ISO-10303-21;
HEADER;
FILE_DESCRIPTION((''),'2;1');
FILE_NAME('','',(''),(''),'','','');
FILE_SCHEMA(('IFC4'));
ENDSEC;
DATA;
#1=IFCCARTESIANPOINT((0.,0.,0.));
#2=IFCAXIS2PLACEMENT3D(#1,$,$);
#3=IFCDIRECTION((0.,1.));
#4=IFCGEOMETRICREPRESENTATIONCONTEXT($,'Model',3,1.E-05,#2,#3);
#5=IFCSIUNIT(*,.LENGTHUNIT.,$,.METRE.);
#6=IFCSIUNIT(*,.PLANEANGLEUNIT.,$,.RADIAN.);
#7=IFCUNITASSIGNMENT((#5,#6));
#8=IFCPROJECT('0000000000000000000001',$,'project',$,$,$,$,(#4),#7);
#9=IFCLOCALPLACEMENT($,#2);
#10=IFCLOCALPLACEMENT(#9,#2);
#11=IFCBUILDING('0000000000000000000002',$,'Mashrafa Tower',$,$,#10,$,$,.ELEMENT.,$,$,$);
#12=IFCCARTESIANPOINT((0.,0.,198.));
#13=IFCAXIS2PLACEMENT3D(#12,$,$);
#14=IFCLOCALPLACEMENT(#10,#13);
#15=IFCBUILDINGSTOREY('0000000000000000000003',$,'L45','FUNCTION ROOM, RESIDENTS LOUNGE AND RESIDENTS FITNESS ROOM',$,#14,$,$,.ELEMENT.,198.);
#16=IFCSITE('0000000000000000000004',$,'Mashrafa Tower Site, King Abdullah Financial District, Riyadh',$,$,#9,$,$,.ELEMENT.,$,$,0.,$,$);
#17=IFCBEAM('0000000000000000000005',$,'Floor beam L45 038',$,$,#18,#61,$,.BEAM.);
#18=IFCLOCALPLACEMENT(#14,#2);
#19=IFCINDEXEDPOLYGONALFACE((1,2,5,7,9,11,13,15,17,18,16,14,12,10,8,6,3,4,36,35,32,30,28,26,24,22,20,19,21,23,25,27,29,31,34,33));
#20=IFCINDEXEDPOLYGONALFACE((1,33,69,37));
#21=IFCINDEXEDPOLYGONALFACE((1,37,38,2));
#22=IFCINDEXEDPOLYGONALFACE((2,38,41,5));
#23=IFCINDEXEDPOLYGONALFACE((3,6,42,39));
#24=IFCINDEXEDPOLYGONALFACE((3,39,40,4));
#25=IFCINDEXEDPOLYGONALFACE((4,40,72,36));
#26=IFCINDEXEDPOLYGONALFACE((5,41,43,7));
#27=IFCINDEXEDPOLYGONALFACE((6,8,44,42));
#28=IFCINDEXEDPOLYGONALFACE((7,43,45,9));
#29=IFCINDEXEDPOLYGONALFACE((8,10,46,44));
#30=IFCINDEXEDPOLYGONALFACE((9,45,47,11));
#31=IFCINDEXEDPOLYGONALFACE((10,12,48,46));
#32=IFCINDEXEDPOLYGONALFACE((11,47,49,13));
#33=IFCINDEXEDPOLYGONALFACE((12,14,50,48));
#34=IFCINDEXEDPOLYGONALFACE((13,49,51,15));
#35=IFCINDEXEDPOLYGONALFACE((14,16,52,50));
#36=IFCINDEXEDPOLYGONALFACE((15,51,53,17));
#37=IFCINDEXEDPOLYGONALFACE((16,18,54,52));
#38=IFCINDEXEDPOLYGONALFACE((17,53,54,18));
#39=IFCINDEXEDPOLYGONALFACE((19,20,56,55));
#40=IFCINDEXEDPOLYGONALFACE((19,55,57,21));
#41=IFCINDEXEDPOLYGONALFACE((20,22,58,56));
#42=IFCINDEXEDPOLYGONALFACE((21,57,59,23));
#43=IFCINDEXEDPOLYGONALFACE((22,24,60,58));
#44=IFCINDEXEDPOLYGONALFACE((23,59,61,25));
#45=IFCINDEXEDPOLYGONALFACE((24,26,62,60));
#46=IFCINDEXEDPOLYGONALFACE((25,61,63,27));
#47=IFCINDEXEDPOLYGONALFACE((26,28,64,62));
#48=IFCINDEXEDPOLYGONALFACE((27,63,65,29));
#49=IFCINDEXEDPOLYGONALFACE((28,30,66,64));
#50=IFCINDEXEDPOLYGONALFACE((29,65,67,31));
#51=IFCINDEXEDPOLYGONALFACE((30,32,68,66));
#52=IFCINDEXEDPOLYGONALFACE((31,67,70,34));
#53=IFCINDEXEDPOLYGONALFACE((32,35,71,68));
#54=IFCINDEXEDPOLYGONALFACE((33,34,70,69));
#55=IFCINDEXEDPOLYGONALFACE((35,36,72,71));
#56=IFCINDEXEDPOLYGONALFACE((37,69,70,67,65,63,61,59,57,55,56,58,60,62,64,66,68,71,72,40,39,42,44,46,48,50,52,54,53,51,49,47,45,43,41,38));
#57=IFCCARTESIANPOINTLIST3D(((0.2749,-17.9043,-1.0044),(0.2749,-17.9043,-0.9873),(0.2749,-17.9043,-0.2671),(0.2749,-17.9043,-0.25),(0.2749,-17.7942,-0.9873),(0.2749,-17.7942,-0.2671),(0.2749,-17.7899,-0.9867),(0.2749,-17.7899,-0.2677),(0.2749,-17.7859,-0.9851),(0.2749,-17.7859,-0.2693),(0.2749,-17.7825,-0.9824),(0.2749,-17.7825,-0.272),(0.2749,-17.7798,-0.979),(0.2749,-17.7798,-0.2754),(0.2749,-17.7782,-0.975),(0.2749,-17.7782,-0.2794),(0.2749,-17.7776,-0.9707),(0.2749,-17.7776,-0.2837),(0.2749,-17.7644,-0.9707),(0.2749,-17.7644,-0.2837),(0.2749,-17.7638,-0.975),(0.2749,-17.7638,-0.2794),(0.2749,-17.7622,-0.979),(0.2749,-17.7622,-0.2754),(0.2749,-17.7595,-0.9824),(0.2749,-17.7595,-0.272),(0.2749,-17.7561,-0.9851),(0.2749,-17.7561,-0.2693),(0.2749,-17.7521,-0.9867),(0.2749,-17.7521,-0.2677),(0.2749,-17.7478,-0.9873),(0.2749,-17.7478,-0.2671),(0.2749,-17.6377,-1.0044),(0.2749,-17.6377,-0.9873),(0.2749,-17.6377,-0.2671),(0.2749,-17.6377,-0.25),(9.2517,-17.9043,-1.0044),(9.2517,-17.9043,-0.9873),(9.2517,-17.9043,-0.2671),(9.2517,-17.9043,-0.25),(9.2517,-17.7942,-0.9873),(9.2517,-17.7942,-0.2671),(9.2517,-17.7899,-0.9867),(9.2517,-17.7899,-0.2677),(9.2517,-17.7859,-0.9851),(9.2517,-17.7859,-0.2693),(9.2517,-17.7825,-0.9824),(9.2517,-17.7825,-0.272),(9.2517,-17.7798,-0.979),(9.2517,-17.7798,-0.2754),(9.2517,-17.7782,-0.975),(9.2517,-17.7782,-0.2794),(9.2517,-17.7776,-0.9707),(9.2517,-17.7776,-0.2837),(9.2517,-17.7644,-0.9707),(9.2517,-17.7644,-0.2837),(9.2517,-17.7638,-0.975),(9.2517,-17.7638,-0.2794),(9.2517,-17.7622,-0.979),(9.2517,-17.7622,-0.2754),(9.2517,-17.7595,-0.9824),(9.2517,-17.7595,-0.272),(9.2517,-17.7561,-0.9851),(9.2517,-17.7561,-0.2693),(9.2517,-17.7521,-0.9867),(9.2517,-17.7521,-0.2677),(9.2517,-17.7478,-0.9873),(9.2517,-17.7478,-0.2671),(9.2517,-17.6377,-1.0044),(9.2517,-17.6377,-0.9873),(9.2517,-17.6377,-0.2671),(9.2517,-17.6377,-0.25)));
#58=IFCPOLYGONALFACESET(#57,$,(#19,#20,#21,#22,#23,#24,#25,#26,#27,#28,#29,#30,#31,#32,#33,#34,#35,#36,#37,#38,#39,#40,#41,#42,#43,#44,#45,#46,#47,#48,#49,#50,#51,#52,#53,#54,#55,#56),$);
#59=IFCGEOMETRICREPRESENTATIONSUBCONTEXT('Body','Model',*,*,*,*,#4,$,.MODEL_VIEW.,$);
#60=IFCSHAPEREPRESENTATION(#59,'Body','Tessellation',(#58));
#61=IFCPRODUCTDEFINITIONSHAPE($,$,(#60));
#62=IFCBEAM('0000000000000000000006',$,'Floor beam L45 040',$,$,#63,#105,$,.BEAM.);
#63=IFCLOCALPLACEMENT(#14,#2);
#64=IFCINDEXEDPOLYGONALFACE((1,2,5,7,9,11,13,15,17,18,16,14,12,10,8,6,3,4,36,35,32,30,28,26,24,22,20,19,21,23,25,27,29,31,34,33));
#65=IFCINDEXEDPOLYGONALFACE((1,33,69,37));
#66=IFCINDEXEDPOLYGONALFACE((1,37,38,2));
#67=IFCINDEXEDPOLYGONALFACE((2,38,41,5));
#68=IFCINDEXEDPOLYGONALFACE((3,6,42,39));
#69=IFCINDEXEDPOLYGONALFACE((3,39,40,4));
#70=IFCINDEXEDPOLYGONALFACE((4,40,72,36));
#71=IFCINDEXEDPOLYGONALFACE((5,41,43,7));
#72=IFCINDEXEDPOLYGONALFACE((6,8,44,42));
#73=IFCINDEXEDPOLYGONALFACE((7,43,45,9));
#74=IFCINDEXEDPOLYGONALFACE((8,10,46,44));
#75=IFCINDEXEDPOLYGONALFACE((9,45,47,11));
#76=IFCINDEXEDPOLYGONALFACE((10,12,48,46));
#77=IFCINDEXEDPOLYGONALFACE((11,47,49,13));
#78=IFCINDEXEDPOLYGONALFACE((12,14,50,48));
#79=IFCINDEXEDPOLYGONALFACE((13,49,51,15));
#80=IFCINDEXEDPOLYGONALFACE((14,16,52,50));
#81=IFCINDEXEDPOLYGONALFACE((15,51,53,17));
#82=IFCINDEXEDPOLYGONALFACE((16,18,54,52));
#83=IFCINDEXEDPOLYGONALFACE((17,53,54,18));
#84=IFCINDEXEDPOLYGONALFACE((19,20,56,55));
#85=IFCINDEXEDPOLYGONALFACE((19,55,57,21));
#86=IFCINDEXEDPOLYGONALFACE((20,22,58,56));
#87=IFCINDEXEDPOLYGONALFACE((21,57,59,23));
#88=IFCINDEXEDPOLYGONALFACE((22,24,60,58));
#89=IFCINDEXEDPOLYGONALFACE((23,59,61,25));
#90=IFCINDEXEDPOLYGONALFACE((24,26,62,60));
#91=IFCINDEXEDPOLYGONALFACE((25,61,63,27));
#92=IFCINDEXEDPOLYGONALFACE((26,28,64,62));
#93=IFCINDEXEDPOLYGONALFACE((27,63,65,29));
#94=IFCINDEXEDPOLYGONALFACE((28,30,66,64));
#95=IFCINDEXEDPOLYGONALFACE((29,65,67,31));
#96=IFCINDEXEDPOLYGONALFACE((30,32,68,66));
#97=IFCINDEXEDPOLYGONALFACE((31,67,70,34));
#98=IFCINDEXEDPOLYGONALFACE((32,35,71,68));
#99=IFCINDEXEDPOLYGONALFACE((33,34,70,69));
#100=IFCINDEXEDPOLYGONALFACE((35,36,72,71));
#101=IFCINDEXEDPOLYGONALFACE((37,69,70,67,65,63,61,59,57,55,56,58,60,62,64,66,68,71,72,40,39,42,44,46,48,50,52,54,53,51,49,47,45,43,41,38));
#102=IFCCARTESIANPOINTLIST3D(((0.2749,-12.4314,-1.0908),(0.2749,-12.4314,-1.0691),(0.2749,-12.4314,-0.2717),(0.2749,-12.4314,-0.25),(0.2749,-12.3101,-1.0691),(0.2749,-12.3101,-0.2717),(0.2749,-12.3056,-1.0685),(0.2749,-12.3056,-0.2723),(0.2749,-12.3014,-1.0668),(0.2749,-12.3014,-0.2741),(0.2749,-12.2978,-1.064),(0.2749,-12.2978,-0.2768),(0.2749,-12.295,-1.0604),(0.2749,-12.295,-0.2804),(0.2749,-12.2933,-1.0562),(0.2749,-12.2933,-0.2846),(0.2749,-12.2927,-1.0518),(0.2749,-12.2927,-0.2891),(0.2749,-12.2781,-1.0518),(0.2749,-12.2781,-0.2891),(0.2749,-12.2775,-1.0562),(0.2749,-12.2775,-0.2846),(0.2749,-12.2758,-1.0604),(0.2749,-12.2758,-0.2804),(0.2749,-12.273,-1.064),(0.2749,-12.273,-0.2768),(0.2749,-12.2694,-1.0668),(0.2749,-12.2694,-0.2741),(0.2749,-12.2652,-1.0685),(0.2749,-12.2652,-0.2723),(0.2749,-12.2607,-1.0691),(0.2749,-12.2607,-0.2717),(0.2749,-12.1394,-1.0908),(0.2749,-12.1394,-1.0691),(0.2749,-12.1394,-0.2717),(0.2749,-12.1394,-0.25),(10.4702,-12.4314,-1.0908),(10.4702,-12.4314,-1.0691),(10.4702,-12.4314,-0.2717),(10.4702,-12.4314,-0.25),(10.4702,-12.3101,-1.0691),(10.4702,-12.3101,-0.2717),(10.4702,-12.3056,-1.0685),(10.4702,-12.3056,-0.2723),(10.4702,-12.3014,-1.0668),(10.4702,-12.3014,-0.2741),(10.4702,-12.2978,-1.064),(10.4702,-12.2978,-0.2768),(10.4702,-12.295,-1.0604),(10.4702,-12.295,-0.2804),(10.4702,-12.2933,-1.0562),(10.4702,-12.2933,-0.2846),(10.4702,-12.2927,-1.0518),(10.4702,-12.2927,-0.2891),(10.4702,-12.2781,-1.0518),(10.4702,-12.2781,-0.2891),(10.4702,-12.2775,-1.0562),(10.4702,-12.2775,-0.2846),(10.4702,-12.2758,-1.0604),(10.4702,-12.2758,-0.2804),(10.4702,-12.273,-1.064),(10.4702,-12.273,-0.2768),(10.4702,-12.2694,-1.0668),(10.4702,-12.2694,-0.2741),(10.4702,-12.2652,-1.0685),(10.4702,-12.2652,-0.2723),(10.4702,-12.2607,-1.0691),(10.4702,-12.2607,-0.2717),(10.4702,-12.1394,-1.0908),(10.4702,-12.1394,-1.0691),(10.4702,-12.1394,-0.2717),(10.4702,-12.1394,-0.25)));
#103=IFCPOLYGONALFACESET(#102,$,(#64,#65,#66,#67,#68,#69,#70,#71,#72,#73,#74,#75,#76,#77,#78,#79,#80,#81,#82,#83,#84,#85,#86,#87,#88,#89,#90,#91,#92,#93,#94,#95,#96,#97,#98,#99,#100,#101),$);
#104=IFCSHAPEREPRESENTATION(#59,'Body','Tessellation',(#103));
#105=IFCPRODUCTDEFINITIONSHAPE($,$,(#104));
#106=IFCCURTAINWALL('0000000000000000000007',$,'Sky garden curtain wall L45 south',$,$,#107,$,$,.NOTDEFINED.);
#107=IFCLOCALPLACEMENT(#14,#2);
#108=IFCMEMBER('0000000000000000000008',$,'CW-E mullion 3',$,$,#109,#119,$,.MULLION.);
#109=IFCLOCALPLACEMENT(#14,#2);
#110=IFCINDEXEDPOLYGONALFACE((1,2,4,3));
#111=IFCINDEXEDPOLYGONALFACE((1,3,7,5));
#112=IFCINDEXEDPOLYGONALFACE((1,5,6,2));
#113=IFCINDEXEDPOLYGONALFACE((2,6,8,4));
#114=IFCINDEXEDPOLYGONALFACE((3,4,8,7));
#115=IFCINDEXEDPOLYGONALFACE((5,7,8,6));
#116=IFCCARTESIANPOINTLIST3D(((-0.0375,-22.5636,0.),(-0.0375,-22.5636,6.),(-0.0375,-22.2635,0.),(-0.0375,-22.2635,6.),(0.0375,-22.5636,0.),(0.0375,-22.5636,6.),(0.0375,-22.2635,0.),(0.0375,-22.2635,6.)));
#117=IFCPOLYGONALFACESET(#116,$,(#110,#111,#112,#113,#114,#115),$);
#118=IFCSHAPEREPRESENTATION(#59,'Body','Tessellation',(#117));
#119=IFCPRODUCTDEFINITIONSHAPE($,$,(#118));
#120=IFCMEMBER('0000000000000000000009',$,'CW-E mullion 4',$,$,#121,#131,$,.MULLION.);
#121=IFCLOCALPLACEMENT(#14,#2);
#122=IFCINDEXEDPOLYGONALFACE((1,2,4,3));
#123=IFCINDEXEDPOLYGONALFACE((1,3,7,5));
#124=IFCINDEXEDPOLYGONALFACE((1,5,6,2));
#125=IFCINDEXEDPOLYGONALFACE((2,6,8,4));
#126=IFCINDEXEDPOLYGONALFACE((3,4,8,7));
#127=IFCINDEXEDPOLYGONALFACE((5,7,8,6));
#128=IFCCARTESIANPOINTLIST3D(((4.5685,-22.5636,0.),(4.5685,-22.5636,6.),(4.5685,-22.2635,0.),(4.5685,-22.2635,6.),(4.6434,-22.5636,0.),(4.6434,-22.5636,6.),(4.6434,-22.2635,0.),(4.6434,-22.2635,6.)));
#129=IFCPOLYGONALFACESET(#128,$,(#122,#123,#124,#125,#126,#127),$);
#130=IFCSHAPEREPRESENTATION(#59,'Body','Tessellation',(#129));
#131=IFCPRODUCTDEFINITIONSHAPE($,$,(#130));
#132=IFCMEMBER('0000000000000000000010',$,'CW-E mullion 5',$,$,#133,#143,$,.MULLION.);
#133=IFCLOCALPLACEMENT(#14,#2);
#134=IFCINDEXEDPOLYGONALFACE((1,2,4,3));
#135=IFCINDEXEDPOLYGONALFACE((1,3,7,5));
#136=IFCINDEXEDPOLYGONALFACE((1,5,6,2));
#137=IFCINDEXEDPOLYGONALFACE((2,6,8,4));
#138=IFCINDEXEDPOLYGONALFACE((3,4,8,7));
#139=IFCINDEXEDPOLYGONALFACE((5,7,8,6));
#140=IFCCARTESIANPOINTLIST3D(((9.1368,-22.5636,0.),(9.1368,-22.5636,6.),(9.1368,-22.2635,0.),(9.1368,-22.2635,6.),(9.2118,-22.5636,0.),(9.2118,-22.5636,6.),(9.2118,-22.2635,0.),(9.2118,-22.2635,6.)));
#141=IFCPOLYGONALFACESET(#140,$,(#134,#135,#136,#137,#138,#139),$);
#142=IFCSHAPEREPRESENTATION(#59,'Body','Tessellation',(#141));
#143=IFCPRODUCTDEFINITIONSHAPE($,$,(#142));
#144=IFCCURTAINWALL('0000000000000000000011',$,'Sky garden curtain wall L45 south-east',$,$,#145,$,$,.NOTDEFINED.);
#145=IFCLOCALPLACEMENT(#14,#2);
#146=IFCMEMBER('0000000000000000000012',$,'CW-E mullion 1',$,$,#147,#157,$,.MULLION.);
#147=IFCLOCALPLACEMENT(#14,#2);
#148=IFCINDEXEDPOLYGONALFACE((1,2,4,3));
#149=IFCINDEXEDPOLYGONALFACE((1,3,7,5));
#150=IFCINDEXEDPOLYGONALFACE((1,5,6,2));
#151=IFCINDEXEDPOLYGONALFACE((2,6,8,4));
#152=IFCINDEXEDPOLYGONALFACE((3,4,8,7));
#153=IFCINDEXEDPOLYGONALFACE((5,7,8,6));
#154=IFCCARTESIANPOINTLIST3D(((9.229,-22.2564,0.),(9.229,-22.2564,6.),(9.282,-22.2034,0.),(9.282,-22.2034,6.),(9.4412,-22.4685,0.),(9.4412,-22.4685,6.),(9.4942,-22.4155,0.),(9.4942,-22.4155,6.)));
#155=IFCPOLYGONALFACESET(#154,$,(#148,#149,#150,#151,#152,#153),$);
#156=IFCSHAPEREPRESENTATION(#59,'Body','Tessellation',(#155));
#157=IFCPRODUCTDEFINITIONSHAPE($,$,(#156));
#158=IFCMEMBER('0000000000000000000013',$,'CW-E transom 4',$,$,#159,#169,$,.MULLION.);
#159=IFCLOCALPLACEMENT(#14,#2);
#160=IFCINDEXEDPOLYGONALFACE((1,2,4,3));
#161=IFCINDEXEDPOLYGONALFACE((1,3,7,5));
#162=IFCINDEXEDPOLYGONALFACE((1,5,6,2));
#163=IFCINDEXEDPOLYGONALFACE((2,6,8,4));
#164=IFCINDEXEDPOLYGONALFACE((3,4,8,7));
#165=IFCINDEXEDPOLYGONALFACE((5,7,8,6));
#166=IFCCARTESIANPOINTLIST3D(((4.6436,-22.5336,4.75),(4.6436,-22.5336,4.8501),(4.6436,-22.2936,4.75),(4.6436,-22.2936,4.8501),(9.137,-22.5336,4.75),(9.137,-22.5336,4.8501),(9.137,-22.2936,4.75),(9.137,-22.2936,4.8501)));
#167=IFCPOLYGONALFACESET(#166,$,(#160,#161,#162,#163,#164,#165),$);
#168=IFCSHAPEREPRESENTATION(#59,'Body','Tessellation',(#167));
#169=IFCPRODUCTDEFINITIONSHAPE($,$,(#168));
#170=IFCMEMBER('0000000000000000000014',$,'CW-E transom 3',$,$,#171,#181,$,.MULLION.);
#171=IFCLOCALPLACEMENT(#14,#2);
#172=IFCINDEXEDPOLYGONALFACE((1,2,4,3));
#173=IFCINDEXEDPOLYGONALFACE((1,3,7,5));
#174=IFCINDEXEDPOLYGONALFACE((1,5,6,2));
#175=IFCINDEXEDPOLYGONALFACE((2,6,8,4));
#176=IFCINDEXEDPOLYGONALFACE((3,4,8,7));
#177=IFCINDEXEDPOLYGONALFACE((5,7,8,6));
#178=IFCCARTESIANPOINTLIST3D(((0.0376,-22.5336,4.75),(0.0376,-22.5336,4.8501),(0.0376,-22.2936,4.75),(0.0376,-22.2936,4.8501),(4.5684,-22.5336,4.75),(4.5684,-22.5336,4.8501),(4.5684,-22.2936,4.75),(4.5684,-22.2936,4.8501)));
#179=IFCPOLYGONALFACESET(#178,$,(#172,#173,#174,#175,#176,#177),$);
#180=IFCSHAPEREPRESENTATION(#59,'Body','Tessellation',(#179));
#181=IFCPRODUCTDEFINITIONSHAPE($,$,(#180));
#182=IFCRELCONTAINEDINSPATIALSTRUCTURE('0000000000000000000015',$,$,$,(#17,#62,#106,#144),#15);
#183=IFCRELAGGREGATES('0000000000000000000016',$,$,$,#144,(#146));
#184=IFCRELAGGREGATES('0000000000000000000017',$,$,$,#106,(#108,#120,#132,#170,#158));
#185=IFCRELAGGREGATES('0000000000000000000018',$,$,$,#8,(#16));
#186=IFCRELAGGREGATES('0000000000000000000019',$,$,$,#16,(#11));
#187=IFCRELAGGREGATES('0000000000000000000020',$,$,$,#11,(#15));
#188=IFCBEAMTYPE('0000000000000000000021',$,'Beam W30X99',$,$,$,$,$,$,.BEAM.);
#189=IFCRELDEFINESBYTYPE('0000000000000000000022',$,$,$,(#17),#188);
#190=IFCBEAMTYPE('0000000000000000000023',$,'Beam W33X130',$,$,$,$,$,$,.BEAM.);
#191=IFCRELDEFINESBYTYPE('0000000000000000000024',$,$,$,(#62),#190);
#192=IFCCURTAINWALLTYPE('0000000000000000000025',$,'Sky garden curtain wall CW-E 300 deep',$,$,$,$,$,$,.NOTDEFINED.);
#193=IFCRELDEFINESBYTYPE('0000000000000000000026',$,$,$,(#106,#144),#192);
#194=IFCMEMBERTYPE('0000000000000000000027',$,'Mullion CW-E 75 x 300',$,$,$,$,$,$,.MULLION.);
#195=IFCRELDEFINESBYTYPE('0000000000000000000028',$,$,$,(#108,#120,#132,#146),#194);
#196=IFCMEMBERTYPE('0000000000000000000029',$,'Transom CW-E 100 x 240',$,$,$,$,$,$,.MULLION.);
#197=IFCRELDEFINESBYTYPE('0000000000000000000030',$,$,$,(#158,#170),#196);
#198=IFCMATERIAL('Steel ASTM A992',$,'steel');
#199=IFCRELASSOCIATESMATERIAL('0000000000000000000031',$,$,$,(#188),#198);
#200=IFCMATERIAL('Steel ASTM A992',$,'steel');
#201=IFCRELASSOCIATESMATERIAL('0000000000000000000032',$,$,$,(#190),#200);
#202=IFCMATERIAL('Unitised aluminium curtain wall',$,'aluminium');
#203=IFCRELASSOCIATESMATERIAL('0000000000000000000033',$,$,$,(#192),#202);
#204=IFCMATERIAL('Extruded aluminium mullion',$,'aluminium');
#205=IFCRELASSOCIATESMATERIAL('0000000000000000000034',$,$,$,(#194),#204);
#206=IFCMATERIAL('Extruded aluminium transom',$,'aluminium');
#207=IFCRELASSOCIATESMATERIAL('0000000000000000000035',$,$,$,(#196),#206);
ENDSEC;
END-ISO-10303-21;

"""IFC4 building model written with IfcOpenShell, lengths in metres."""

from ifc_helpers import new_model, si_unit, direction, frame, origin, origin_2d, place, context, subcontext, project, spatial, rectangle, i_section, extrude, source, transform, mapped, material, material_profile, profile_set, type_object, type_shapes, element, aggregate, save


model = new_model("IFC4")

# Units and contexts
model_context = context("Model", 3, precision=1e-05, world=origin(), true_north=direction((0.0, 1.0)))
body_context = subcontext(model_context, "Body", "Model", "MODEL_VIEW")
ifc_project = project(units=[si_unit("LENGTHUNIT", "METRE"), si_unit("PLANEANGLEUNIT", "RADIAN")], contexts=[model_context])

# Site, building, storey
site_placement = place(None, origin())
site = spatial("IfcSite", under=ifc_project, at=site_placement, Name="Mashrafa Tower Site, King Abdullah Financial District, Riyadh", CompositionType="ELEMENT", RefElevation=0.0)
building_placement = place(site_placement, origin())
building = spatial("IfcBuilding", under=site, at=building_placement, Name="Mashrafa Tower", CompositionType="ELEMENT")
storey_placement = place(building_placement, frame((0.0, 0.0, 198.0)))
storey = spatial("IfcBuildingStorey", under=building, at=storey_placement, Name="L45", Description="FUNCTION ROOM, RESIDENTS LOUNGE AND RESIDENTS FITNESS ROOM", CompositionType="ELEMENT", Elevation=198.0)

# Beams
ifc_material_1 = material(Name="Steel ASTM A992", Category="steel")
ifc_material_profile_1 = material_profile(ifc_material_1, i_section(OverallWidth=0.2666, OverallDepth=0.7544, WebThickness=0.0132, FlangeThickness=0.0171, FilletRadius=0.0166, at=origin_2d()), Name="W30X99")
ifc_profile_set_1 = profile_set([ifc_material_profile_1], Name="Steel ASTM A992")
beam_type_1 = type_object("IfcBeamType", Name="Beam W30X99", PredefinedType="BEAM", material=ifc_profile_set_1)
beam_1_placement = place(storey_placement, frame((9.2517, -17.771, -0.6272), z_axis=(-1.0, 0.0, 0.0), x_axis=(0.0, -1.0, 0.0)))
element("IfcBeam", 1, at=beam_1_placement, inside=storey, type_object=beam_type_1, Name="Floor beam L45 038", PredefinedType="BEAM", context=body_context, shape_type="SweptSolid", body=[
    extrude(i_section(OverallWidth=0.2666, OverallDepth=0.7544, WebThickness=0.0132, FlangeThickness=0.0171, FilletRadius=0.0166, at=origin_2d()), origin(), (0.0, 0.0, 1.0), 8.9768),
])
ifc_material_2 = material(Name="Steel ASTM A992", Category="steel")
ifc_material_profile_2 = material_profile(ifc_material_2, i_section(OverallWidth=0.292, OverallDepth=0.8408, WebThickness=0.0146, FlangeThickness=0.0217, FilletRadius=0.0173, at=origin_2d()), Name="W33X130")
ifc_profile_set_2 = profile_set([ifc_material_profile_2], Name="Steel ASTM A992")
beam_type_2 = type_object("IfcBeamType", Name="Beam W33X130", PredefinedType="BEAM", material=ifc_profile_set_2)
beam_2_placement = place(storey_placement, frame((10.4702, -12.2854, -0.6704), z_axis=(-1.0, 0.0, 0.0), x_axis=(0.0, -1.0, 0.0)))
element("IfcBeam", 2, at=beam_2_placement, inside=storey, type_object=beam_type_2, Name="Floor beam L45 040", PredefinedType="BEAM", context=body_context, shape_type="SweptSolid", body=[
    extrude(i_section(OverallWidth=0.292, OverallDepth=0.8408, WebThickness=0.0146, FlangeThickness=0.0217, FilletRadius=0.0173, at=origin_2d()), origin(), (0.0, 0.0, 1.0), 10.1953),
])

# Curtain wall, members
ifc_material_3 = material(Name="Unitised aluminium curtain wall", Category="aluminium")
curtain_wall_type = type_object("IfcCurtainWallType", Name="Sky garden curtain wall CW-E 300 deep", PredefinedType="NOTDEFINED", material=ifc_material_3)
curtain_wall_1_placement = place(storey_placement, origin())
curtain_wall_1 = element("IfcCurtainWall", 3, at=curtain_wall_1_placement, inside=storey, type_object=curtain_wall_type, Name="Sky garden curtain wall L45 south", PredefinedType="NOTDEFINED")
ifc_material_4 = material(Name="Extruded aluminium mullion", Category="aluminium")
ifc_material_profile_3 = material_profile(ifc_material_4, rectangle(XDim=0.3, YDim=0.075, at=origin_2d()), Name="Mullion 75x300")
ifc_profile_set_3 = profile_set([ifc_material_profile_3], Name="Extruded aluminium mullion")
member_type_1 = type_object("IfcMemberType", Name="Mullion CW-E 75 x 300", PredefinedType="MULLION", material=ifc_profile_set_3)
shared_shape_1 = source(origin(), body_context, "Body", "SweptSolid", [
    extrude(rectangle(XDim=0.3, YDim=0.075, at=origin_2d()), origin(), (0.0, 0.0, 1.0), 6.0),
])
type_shapes(member_type_1, [shared_shape_1])
member_1_placement = place(storey_placement, frame((0.0, -22.4136, 0.0), z_axis=(0.0, 0.0, 1.0), x_axis=(0.0, 1.0, 0.0)))
member_1 = element("IfcMember", 4, at=member_1_placement, type_object=member_type_1, Name="CW-E mullion 3", PredefinedType="MULLION", context=body_context, shape_type="MappedRepresentation", body=[
    mapped(shared_shape_1, transform((0.0, 0.0, 0.0))),
])
member_2_placement = place(storey_placement, frame((4.606, -22.4136, 0.0), z_axis=(0.0, 0.0, 1.0), x_axis=(0.0, 1.0, 0.0)))
member_2 = element("IfcMember", 5, at=member_2_placement, type_object=member_type_1, Name="CW-E mullion 4", PredefinedType="MULLION", context=body_context, shape_type="MappedRepresentation", body=[
    mapped(shared_shape_1, transform((0.0, 0.0, 0.0))),
])
member_3_placement = place(storey_placement, frame((9.1743, -22.4136, 0.0), z_axis=(0.0, 0.0, 1.0), x_axis=(0.0, 1.0, 0.0)))
member_3 = element("IfcMember", 6, at=member_3_placement, type_object=member_type_1, Name="CW-E mullion 5", PredefinedType="MULLION", context=body_context, shape_type="MappedRepresentation", body=[
    mapped(shared_shape_1, transform((0.0, 0.0, 0.0))),
])

# Curtain wall, member
curtain_wall_2_placement = place(storey_placement, origin())
curtain_wall_2 = element("IfcCurtainWall", 7, at=curtain_wall_2_placement, inside=storey, type_object=curtain_wall_type, Name="Sky garden curtain wall L45 south-east", PredefinedType="NOTDEFINED")
member_4_placement = place(storey_placement, frame((9.3616, -22.3359, 0.0), z_axis=(0.0, 0.0, 1.0), x_axis=(-0.707107, 0.707107, 0.0)))
member_4 = element("IfcMember", 8, at=member_4_placement, type_object=member_type_1, Name="CW-E mullion 1", PredefinedType="MULLION", context=body_context, shape_type="MappedRepresentation", body=[
    mapped(shared_shape_1, transform((0.0, 0.0, 0.0))),
])

# Members
ifc_material_5 = material(Name="Extruded aluminium transom", Category="aluminium")
ifc_material_profile_4 = material_profile(ifc_material_5, rectangle(XDim=0.24, YDim=0.1001, at=origin_2d()), Name="Transom 100x240")
ifc_profile_set_4 = profile_set([ifc_material_profile_4], Name="Extruded aluminium transom")
member_type_2 = type_object("IfcMemberType", Name="Transom CW-E 100 x 240", PredefinedType="MULLION", material=ifc_profile_set_4)
shared_shape_2 = source(origin(), body_context, "Body", "SweptSolid", [
    extrude(rectangle(XDim=0.24, YDim=0.1001, at=origin_2d()), origin(), (0.0, 0.0, 1.0), 4.4934),
])
member_5_placement = place(storey_placement, frame((4.6436, -22.4136, 4.8), z_axis=(1.0, 0.0, 0.0), x_axis=(0.0, 1.0, 0.0)))
member_5 = element("IfcMember", 9, at=member_5_placement, type_object=member_type_2, Name="CW-E transom 4", PredefinedType="MULLION", context=body_context, shape_type="MappedRepresentation", body=[
    mapped(shared_shape_2, transform((0.0, 0.0, 0.0))),
])
shared_shape_3 = source(origin(), body_context, "Body", "SweptSolid", [
    extrude(rectangle(XDim=0.24, YDim=0.1001, at=origin_2d()), origin(), (0.0, 0.0, 1.0), 4.5308),
])
member_6_placement = place(storey_placement, frame((0.0376, -22.4136, 4.8), z_axis=(1.0, 0.0, 0.0), x_axis=(0.0, 1.0, 0.0)))
member_6 = element("IfcMember", 10, at=member_6_placement, type_object=member_type_2, Name="CW-E transom 3", PredefinedType="MULLION", context=body_context, shape_type="MappedRepresentation", body=[
    mapped(shared_shape_3, transform((0.0, 0.0, 0.0))),
])
aggregate(curtain_wall_2, [member_4])

aggregate(curtain_wall_1, [member_1, member_2, member_3, member_6, member_5])

save(model, "model.ifc")
